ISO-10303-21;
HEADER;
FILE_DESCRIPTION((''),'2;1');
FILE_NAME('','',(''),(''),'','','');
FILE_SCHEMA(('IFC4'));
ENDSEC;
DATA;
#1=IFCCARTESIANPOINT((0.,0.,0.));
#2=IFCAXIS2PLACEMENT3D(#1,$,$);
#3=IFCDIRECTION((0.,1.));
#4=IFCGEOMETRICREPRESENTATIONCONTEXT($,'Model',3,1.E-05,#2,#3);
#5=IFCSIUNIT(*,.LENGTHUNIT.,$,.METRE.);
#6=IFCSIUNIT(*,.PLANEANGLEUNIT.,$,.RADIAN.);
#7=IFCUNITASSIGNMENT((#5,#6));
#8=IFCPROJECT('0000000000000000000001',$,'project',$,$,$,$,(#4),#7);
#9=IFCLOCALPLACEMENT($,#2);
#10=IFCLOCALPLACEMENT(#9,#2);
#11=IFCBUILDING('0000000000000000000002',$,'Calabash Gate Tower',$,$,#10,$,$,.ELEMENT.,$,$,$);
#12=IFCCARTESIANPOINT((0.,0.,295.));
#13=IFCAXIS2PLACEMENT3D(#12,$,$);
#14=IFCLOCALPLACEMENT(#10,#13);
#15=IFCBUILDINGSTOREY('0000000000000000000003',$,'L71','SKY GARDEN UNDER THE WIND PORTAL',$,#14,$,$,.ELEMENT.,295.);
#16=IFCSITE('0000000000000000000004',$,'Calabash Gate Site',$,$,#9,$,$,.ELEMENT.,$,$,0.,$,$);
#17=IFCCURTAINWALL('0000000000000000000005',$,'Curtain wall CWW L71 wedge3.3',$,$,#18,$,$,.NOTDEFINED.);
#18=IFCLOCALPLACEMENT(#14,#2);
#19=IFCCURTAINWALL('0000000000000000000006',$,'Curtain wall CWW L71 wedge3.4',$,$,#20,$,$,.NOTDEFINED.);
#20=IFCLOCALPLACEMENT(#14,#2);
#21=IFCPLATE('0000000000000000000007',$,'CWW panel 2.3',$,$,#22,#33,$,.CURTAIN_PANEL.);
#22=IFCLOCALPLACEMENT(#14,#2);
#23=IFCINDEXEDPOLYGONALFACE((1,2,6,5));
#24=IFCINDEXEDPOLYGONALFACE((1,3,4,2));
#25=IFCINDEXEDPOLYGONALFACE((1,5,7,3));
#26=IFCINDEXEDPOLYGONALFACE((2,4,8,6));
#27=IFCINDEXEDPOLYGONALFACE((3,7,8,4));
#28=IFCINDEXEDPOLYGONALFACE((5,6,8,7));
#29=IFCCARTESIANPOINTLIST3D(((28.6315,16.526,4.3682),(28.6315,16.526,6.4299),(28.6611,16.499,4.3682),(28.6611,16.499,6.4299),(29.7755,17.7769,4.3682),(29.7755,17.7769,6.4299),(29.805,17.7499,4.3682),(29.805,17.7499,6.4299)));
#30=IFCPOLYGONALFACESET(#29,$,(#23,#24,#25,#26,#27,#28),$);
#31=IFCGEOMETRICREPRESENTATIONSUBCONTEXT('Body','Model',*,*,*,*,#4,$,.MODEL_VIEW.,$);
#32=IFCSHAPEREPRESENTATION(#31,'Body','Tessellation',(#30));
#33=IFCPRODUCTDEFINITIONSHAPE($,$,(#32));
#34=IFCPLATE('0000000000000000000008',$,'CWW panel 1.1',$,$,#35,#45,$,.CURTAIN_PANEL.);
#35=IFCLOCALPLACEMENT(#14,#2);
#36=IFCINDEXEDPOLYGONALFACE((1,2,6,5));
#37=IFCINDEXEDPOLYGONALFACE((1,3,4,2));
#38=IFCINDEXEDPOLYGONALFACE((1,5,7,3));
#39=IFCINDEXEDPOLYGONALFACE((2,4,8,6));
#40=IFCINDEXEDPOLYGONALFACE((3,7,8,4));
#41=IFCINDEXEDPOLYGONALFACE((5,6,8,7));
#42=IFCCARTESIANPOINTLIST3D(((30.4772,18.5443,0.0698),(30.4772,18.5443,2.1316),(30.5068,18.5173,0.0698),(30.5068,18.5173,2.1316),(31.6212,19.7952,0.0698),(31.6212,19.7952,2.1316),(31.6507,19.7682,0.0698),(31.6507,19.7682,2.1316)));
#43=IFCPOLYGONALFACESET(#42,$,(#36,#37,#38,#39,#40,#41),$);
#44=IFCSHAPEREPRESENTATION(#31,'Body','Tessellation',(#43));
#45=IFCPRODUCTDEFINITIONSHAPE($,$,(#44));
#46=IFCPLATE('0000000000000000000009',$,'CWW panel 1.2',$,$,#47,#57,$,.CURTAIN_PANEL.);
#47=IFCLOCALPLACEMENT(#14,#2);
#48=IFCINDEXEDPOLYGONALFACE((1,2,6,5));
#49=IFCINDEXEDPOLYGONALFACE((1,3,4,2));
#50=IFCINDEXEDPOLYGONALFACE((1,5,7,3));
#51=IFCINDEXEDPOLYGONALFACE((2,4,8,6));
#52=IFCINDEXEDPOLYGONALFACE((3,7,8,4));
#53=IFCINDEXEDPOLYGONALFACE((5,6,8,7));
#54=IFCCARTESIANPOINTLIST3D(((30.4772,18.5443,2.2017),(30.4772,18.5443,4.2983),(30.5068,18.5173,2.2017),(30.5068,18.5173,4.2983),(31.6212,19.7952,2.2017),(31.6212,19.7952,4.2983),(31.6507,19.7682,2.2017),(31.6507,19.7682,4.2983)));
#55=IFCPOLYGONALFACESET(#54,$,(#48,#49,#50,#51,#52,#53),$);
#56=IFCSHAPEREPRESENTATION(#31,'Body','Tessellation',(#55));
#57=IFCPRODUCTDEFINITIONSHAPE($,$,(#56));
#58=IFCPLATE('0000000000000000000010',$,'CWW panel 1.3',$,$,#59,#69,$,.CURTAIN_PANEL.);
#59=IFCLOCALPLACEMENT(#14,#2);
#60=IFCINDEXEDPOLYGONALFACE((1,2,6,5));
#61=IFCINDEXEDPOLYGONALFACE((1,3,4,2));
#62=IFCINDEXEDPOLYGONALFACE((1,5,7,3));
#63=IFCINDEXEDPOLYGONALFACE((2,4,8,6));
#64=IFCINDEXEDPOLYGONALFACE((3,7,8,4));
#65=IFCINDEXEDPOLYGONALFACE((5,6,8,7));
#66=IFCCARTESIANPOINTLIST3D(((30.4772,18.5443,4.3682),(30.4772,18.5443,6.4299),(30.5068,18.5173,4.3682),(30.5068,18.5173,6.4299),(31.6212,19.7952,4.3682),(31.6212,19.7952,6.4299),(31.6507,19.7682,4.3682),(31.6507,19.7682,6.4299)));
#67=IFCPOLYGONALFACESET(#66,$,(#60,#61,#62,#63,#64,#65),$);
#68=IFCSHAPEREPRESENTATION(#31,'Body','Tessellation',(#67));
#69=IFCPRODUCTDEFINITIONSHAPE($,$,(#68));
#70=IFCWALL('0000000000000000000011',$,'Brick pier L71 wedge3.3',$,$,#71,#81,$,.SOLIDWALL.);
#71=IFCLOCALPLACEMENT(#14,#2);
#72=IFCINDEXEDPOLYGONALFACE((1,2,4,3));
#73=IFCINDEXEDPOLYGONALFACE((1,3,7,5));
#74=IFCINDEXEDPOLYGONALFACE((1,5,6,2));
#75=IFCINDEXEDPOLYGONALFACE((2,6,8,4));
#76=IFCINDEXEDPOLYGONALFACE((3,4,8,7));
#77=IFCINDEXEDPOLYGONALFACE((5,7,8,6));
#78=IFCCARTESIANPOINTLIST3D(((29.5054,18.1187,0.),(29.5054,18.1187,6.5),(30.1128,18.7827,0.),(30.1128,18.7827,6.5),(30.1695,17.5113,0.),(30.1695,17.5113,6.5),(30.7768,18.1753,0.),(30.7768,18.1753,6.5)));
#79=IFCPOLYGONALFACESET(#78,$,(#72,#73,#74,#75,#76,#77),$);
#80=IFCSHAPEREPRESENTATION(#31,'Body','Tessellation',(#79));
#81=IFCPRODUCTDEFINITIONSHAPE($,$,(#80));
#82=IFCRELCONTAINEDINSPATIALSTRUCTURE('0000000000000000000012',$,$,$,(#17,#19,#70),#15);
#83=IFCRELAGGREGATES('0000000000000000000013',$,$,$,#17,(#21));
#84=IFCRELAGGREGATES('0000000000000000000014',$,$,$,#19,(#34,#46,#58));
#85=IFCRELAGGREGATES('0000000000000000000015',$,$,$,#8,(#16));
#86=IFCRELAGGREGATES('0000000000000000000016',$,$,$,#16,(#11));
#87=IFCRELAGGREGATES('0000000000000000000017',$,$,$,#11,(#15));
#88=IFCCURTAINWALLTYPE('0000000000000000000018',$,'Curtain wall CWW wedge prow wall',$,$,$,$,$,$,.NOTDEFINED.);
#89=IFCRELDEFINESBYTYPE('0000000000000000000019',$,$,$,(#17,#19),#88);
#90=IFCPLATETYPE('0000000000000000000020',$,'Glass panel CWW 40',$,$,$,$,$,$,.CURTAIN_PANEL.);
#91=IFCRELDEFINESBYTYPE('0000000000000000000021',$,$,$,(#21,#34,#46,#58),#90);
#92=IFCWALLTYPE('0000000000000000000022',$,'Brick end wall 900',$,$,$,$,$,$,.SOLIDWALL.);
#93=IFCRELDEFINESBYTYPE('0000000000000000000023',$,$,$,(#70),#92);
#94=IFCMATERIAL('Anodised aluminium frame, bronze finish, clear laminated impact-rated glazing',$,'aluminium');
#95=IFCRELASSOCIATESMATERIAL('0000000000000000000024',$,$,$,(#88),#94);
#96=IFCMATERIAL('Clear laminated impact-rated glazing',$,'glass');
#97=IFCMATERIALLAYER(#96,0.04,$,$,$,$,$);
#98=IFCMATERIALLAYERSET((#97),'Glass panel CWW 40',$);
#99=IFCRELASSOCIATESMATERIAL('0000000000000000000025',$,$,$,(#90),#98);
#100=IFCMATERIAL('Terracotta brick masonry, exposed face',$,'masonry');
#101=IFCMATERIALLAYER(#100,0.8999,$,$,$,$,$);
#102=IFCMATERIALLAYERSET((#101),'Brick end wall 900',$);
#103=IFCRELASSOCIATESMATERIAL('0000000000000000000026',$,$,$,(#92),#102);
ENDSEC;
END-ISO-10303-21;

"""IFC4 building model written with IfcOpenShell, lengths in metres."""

from ifc_helpers import new_model, si_unit, direction, frame, frame_2d, origin, origin_2d, place, context, subcontext, project, spatial, rectangle, extrude, material, layer, layer_set, type_object, element, aggregate, save


model = new_model("IFC4")

# Units and contexts
model_context = context("Model", 3, precision=1e-05, world=origin(), true_north=direction((0.0, 1.0)))
body_context = subcontext(model_context, "Body", "Model", "MODEL_VIEW")
ifc_project = project(units=[si_unit("LENGTHUNIT", "METRE"), si_unit("PLANEANGLEUNIT", "RADIAN")], contexts=[model_context])

# Site, building, storey
site_placement = place(None, origin())
site = spatial("IfcSite", under=ifc_project, at=site_placement, Name="Calabash Gate Site", CompositionType="ELEMENT", RefElevation=0.0)
building_placement = place(site_placement, origin())
building = spatial("IfcBuilding", under=site, at=building_placement, Name="Calabash Gate Tower", CompositionType="ELEMENT")
storey_placement = place(building_placement, frame((0.0, 0.0, 295.0)))
storey = spatial("IfcBuildingStorey", under=building, at=storey_placement, Name="L71", Description="SKY GARDEN UNDER THE WIND PORTAL", CompositionType="ELEMENT", Elevation=295.0)

# Curtain walls
ifc_material_1 = material(Name="Anodised aluminium frame, bronze finish, clear laminated impact-rated glazing", Category="aluminium")
curtain_wall_type = type_object("IfcCurtainWallType", Name="Curtain wall CWW wedge prow wall", PredefinedType="NOTDEFINED", material=ifc_material_1)
curtain_wall_1_placement = place(storey_placement, origin())
curtain_wall_1 = element("IfcCurtainWall", 1, at=curtain_wall_1_placement, inside=storey, type_object=curtain_wall_type, Name="Curtain wall CWW L71 wedge3.3", PredefinedType="NOTDEFINED")
curtain_wall_2_placement = place(storey_placement, origin())
curtain_wall_2 = element("IfcCurtainWall", 2, at=curtain_wall_2_placement, inside=storey, type_object=curtain_wall_type, Name="Curtain wall CWW L71 wedge3.4", PredefinedType="NOTDEFINED")

# Plates
ifc_material_2 = material(Name="Clear laminated impact-rated glazing", Category="glass")
ifc_layer_1 = layer(ifc_material_2, 0.04)
ifc_layer_set_1 = layer_set([ifc_layer_1], Name="Glass panel CWW 40")
plate_type = type_object("IfcPlateType", Name="Glass panel CWW 40", PredefinedType="CURTAIN_PANEL", material=ifc_layer_set_1)
plate_1_placement = place(storey_placement, frame((29.2183, 17.1379, 4.3682), z_axis=(0.0, 0.0, 1.0), x_axis=(0.674856, 0.737949, 0.0)))
plate_1 = element("IfcPlate", 3, at=plate_1_placement, type_object=plate_type, Name="CWW panel 2.3", PredefinedType="CURTAIN_PANEL", context=body_context, shape_type="SweptSolid", body=[
    extrude(rectangle(XDim=1.6951, YDim=0.04, at=origin_2d()), origin(), (0.0, 0.0, 1.0), 2.0618),
])
aggregate(curtain_wall_1, [plate_1])
plate_2_placement = place(storey_placement, frame((31.064, 19.1562, 0.0698), z_axis=(0.0, 0.0, 1.0), x_axis=(0.674856, 0.737949, 0.0)))
plate_2 = element("IfcPlate", 4, at=plate_2_placement, type_object=plate_type, Name="CWW panel 1.1", PredefinedType="CURTAIN_PANEL", context=body_context, shape_type="SweptSolid", body=[
    extrude(rectangle(XDim=1.6951, YDim=0.04, at=origin_2d()), origin(), (0.0, 0.0, 1.0), 2.0618),
])
plate_3_placement = place(storey_placement, frame((31.064, 19.1562, 2.2017), z_axis=(0.0, 0.0, 1.0), x_axis=(0.674856, 0.737949, 0.0)))
plate_3 = element("IfcPlate", 5, at=plate_3_placement, type_object=plate_type, Name="CWW panel 1.2", PredefinedType="CURTAIN_PANEL", context=body_context, shape_type="SweptSolid", body=[
    extrude(rectangle(XDim=1.6951, YDim=0.04, at=origin_2d()), origin(), (0.0, 0.0, 1.0), 2.0967),
])
plate_4_placement = place(storey_placement, frame((31.064, 19.1562, 4.3682), z_axis=(0.0, 0.0, 1.0), x_axis=(0.674856, 0.737949, 0.0)))
plate_4 = element("IfcPlate", 6, at=plate_4_placement, type_object=plate_type, Name="CWW panel 1.3", PredefinedType="CURTAIN_PANEL", context=body_context, shape_type="SweptSolid", body=[
    extrude(rectangle(XDim=1.6951, YDim=0.04, at=origin_2d()), origin(), (0.0, 0.0, 1.0), 2.0618),
])
aggregate(curtain_wall_2, [plate_2, plate_3, plate_4])

# Wall
ifc_material_3 = material(Name="Terracotta brick masonry, exposed face", Category="masonry")
ifc_layer_2 = layer(ifc_material_3, 0.8999)
ifc_layer_set_2 = layer_set([ifc_layer_2], Name="Brick end wall 900")
wall_type = type_object("IfcWallType", Name="Brick end wall 900", PredefinedType="SOLIDWALL", material=ifc_layer_set_2)
wall_placement = place(storey_placement, frame((30.4448, 18.479, 0.0), z_axis=(0.0, 0.0, 1.0), x_axis=(-0.674938, -0.737874, 0.0)))
element("IfcWall", 7, at=wall_placement, inside=storey, type_object=wall_type, Name="Brick pier L71 wedge3.3", PredefinedType="SOLIDWALL", context=body_context, shape_type="SweptSolid", body=[
    extrude(rectangle(XDim=0.8999, YDim=0.8999, at=frame_2d((0.45, 0.0))), origin(), (0.0, 0.0, 1.0), 6.5),
])

save(model, "model.ifc")
